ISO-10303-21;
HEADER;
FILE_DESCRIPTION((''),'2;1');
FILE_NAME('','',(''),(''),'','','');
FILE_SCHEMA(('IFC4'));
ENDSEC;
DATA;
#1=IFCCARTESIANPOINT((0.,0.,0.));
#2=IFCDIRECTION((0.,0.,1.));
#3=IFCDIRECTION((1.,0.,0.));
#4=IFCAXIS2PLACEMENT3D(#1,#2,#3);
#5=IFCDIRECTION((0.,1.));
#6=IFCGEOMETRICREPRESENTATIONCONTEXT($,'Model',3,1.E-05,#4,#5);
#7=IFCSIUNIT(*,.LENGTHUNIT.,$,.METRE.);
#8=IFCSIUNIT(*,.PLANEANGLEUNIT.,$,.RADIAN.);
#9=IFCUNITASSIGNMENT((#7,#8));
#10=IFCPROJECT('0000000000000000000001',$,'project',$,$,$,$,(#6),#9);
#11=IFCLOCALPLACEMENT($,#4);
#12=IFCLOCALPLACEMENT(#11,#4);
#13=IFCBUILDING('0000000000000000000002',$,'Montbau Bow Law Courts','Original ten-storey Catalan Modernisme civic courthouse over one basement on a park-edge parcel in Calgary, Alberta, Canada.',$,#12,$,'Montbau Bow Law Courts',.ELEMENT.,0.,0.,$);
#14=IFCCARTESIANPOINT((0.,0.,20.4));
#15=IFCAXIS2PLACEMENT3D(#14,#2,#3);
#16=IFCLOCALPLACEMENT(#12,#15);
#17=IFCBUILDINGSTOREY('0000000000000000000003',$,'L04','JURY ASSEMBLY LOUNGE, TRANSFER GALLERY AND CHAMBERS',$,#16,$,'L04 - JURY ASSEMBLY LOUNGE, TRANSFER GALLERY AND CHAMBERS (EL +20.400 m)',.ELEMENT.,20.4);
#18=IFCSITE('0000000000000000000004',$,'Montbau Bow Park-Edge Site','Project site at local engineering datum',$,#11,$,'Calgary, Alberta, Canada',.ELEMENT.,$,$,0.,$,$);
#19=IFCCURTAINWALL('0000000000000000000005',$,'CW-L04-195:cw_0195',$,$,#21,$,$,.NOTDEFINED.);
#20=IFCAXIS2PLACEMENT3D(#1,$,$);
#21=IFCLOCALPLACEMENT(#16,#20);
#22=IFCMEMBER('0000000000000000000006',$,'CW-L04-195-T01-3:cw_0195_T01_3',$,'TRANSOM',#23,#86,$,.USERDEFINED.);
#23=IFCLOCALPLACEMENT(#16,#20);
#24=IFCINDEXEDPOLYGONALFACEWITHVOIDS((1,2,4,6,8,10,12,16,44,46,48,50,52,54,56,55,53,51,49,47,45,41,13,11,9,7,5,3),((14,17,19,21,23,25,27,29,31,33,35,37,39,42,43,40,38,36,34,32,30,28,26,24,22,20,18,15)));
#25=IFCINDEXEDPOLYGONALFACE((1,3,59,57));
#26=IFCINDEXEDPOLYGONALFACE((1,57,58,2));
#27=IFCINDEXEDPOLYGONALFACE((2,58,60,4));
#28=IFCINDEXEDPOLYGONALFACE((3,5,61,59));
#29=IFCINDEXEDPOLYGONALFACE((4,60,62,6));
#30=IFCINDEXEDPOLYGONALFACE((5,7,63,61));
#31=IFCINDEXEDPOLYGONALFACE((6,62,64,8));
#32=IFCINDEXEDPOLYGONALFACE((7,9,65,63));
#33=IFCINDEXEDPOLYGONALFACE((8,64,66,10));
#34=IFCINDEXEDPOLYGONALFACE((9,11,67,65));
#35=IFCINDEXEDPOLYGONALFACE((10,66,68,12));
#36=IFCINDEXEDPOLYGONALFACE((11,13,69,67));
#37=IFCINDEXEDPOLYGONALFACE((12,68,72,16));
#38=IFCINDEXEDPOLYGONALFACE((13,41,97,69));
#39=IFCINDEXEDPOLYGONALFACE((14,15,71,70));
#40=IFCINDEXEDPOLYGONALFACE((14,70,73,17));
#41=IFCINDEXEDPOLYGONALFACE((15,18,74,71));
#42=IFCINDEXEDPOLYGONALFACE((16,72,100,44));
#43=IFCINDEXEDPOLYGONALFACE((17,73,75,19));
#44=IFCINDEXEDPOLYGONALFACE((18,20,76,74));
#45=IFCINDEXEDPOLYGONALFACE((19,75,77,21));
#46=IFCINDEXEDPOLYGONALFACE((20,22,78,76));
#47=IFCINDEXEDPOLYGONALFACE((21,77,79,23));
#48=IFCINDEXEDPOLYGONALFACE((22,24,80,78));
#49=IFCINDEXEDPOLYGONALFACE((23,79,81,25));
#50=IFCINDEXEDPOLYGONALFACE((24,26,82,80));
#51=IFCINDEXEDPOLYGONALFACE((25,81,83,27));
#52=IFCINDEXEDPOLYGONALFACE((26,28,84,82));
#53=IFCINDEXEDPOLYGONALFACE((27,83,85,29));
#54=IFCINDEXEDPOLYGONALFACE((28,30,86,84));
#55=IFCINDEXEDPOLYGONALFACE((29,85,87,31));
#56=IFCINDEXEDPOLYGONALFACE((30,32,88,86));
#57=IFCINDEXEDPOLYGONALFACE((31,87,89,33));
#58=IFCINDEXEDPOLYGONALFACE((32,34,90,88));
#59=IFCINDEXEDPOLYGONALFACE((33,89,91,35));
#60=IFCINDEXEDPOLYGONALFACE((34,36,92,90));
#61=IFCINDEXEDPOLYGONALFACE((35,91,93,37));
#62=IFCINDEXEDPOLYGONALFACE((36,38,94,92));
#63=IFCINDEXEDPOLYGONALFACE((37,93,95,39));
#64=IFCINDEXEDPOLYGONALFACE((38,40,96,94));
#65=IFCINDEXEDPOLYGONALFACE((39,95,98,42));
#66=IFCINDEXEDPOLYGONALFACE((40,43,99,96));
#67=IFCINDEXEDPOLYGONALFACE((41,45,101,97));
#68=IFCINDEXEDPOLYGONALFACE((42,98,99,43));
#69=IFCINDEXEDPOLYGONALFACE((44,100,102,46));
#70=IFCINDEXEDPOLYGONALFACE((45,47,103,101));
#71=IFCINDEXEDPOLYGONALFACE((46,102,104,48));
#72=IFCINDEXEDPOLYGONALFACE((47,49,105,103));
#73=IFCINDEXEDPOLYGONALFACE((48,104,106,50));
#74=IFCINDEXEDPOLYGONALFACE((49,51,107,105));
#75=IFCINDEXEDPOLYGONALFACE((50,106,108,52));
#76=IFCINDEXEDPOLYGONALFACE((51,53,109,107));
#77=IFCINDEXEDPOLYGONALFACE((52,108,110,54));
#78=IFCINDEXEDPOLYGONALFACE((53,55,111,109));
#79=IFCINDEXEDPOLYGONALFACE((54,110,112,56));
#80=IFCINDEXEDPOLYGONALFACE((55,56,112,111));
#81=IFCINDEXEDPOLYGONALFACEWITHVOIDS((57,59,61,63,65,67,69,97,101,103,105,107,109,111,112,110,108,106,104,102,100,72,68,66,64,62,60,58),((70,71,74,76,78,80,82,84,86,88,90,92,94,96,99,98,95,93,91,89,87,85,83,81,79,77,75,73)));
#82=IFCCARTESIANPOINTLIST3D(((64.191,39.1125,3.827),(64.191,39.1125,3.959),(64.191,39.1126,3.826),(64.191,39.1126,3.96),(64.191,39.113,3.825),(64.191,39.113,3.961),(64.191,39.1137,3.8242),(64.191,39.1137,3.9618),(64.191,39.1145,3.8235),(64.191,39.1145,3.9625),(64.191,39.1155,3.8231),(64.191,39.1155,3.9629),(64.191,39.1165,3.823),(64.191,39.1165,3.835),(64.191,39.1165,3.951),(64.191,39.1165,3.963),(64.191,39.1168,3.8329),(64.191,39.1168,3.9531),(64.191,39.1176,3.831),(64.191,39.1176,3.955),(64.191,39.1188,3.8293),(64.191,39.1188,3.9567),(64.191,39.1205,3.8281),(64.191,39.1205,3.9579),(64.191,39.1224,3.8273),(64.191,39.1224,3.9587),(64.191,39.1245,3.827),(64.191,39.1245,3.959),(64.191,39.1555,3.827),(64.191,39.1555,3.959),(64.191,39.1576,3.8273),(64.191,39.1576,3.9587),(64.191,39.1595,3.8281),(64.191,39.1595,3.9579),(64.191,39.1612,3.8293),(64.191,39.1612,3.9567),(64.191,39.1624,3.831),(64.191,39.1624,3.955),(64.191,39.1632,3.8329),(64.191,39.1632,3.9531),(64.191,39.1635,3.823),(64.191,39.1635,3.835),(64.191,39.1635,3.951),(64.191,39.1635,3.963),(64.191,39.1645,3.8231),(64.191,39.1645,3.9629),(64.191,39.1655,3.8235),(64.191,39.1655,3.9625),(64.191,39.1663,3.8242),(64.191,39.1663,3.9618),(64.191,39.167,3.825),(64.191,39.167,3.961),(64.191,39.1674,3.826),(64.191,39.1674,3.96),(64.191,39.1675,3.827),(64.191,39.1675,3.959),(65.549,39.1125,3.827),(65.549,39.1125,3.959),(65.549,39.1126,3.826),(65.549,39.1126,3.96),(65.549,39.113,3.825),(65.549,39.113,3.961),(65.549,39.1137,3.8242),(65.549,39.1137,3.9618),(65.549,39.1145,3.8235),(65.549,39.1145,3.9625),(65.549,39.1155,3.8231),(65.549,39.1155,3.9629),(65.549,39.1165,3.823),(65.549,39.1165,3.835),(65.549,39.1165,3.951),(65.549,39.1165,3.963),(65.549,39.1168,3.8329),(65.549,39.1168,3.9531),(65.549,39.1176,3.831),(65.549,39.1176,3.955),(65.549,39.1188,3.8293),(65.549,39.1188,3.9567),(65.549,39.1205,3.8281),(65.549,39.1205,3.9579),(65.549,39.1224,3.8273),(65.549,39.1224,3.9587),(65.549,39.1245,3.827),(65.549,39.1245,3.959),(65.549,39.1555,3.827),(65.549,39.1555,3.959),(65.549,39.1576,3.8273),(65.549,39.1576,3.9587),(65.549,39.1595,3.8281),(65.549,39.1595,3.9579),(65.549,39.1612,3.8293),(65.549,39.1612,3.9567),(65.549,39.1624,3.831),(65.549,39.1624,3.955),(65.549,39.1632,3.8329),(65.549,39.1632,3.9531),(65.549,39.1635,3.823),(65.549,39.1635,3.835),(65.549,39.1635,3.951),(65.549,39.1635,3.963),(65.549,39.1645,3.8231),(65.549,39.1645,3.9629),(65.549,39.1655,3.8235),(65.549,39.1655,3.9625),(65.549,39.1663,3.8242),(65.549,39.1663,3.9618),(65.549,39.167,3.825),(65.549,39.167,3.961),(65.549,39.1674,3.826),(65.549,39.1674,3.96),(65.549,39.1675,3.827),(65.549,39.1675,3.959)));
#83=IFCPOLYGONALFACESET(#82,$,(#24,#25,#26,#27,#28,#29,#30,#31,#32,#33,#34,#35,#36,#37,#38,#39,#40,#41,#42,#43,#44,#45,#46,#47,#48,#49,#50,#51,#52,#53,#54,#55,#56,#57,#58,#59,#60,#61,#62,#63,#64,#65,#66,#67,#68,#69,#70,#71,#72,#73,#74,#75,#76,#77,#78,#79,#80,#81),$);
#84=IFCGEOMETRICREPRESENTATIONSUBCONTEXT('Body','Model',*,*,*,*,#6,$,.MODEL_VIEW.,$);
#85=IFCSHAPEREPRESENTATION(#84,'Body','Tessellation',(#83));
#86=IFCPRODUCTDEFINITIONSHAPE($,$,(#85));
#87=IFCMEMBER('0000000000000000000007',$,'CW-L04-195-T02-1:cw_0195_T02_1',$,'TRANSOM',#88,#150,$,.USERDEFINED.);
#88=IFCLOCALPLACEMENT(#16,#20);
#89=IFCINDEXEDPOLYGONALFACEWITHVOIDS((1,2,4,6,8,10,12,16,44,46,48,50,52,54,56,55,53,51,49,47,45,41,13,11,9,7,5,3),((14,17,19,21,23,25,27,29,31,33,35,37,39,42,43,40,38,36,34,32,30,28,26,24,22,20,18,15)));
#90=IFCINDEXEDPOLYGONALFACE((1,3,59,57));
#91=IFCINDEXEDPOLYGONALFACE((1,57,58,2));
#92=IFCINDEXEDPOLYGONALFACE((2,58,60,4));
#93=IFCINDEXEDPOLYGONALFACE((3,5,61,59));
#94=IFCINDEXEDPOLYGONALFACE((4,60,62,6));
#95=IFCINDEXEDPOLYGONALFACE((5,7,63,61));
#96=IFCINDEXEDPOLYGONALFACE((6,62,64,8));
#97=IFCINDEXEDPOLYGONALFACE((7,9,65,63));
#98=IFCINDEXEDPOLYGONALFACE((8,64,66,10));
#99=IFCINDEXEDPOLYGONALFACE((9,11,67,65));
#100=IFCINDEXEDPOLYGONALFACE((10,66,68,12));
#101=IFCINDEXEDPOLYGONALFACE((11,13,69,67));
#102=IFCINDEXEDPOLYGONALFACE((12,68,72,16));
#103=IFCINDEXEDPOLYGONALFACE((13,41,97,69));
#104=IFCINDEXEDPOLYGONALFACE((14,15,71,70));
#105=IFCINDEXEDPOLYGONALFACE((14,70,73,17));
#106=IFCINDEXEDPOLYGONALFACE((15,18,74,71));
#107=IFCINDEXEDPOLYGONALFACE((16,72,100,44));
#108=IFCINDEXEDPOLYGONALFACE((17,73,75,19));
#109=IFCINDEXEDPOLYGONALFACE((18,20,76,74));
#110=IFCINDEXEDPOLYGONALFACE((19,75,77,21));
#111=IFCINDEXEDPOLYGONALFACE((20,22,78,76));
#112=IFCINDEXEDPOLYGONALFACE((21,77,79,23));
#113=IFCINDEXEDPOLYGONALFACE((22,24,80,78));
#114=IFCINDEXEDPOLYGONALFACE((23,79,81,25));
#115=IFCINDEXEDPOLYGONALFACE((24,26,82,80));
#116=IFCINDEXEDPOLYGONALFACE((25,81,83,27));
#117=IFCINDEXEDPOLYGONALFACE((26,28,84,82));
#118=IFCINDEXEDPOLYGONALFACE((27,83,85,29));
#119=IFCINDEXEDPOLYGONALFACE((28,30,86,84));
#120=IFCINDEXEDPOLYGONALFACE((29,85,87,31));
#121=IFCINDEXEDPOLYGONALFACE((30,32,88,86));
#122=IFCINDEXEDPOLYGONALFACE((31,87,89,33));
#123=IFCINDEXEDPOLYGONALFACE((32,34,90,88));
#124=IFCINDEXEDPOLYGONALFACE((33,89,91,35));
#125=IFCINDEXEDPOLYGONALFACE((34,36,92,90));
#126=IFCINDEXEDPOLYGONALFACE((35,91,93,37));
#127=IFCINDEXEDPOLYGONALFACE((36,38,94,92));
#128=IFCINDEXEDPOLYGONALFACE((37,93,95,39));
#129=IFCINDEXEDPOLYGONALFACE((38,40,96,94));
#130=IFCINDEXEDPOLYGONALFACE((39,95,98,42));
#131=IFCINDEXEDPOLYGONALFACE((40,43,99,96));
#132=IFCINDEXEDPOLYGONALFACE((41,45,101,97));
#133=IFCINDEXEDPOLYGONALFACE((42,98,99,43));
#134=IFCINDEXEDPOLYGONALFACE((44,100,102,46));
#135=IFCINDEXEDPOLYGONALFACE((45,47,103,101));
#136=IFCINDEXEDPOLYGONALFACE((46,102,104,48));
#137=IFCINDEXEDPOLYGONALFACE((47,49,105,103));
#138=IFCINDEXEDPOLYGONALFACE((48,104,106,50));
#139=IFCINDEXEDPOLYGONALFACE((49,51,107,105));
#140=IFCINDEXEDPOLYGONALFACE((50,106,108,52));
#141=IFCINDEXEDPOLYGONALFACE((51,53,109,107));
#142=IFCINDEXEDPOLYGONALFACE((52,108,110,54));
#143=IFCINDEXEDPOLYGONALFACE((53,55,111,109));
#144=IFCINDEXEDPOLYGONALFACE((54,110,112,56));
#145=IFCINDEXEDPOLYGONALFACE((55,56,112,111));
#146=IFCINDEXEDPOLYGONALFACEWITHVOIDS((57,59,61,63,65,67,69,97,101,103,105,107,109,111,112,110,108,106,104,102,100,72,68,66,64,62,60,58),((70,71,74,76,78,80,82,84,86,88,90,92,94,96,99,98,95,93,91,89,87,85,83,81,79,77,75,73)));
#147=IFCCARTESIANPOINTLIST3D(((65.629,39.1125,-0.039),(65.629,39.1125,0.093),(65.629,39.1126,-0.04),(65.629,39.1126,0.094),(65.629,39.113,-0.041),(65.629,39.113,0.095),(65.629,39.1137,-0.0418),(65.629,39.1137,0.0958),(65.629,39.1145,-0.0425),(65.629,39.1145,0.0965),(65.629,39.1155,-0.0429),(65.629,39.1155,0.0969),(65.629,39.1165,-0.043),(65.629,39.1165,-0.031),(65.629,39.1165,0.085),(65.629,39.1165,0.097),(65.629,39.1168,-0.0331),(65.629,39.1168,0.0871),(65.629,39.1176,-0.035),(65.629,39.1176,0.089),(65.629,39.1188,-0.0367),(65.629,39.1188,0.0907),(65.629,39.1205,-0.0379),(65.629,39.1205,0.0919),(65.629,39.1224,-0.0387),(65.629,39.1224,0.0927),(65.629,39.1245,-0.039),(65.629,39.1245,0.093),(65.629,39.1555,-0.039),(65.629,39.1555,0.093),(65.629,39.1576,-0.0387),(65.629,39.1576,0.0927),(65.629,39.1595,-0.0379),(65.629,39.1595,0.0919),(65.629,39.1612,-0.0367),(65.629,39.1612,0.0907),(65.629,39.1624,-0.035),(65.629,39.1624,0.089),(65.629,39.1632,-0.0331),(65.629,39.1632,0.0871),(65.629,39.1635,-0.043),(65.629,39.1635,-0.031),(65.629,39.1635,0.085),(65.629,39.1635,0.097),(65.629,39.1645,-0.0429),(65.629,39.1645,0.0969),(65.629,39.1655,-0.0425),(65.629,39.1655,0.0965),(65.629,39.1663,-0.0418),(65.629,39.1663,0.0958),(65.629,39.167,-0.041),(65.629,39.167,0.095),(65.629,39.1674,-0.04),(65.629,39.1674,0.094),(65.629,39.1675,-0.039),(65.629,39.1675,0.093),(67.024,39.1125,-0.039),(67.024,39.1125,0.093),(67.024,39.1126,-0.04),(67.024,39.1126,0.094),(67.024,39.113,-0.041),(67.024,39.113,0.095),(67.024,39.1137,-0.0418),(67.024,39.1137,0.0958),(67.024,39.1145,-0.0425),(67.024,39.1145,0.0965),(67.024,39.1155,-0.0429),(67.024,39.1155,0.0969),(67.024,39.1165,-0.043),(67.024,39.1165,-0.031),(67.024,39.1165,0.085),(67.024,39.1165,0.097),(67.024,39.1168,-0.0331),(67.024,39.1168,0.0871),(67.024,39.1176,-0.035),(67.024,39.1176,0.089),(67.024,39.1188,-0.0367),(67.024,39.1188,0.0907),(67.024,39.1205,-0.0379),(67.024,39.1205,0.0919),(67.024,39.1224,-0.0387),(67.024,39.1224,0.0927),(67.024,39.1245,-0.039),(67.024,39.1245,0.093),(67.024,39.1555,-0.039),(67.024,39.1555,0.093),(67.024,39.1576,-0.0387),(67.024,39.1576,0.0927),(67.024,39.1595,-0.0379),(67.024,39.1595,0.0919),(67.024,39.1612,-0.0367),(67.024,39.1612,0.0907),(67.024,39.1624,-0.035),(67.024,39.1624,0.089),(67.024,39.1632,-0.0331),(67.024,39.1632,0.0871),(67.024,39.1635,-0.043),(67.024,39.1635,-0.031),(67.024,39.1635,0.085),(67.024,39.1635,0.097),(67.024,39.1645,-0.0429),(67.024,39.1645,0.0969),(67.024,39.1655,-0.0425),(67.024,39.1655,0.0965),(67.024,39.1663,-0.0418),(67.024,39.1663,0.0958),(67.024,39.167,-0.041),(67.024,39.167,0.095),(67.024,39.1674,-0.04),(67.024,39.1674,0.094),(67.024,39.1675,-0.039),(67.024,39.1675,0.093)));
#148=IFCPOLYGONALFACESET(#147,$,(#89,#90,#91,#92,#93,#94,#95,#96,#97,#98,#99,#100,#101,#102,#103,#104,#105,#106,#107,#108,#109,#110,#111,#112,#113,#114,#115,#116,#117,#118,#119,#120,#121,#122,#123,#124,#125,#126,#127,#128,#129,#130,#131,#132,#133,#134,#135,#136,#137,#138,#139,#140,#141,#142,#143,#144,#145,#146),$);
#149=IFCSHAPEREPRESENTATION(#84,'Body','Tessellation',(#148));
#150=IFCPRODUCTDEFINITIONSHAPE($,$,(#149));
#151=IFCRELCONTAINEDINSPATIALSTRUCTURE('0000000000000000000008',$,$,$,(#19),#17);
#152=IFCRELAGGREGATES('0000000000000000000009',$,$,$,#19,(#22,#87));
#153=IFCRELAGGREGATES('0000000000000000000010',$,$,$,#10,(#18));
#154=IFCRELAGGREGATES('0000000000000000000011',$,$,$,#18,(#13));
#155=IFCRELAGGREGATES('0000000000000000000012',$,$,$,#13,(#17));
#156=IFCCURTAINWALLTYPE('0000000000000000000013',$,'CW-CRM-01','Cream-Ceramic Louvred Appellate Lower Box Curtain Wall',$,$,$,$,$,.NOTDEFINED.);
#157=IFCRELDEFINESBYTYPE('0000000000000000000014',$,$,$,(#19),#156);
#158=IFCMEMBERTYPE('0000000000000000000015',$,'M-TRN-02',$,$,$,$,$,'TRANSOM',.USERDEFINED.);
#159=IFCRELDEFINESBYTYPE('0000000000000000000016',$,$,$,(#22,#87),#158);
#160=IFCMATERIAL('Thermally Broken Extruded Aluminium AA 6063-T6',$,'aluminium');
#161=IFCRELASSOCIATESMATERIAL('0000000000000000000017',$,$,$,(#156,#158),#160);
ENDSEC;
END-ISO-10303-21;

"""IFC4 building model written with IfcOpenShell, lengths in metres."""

from ifc_helpers import new_model, si_unit, direction, frame, origin_with_axes, origin_2d_with_axis, place, context, subcontext, project, spatial, hollow_rectangle, extrude, material, material_profile, profile_set, type_object, element, aggregate, save


model = new_model("IFC4")

# Units and contexts
model_context = context("Model", 3, precision=1e-05, world=origin_with_axes(), true_north=direction((0.0, 1.0)))
body_context = subcontext(model_context, "Body", "Model", "MODEL_VIEW")
ifc_project = project(units=[si_unit("LENGTHUNIT", "METRE"), si_unit("PLANEANGLEUNIT", "RADIAN")], contexts=[model_context])

# Site, building, storey
site_placement = place(None, origin_with_axes())
site = spatial("IfcSite", under=ifc_project, at=site_placement, Name="Montbau Bow Park-Edge Site", Description="Project site at local engineering datum", LongName="Calgary, Alberta, Canada", CompositionType="ELEMENT", RefElevation=0.0)
building_placement = place(site_placement, origin_with_axes())
building = spatial("IfcBuilding", under=site, at=building_placement, Name="Montbau Bow Law Courts", Description="Original ten-storey Catalan Modernisme civic courthouse over one basement on a park-edge parcel in Calgary, Alberta, Canada.", LongName="Montbau Bow Law Courts", CompositionType="ELEMENT", ElevationOfRefHeight=0.0, ElevationOfTerrain=0.0)
storey_placement = place(building_placement, frame((0.0, 0.0, 20.4), z_axis=(0.0, 0.0, 1.0), x_axis=(1.0, 0.0, 0.0)))
storey = spatial("IfcBuildingStorey", under=building, at=storey_placement, Name="L04", Description="JURY ASSEMBLY LOUNGE, TRANSFER GALLERY AND CHAMBERS", LongName="L04 - JURY ASSEMBLY LOUNGE, TRANSFER GALLERY AND CHAMBERS (EL +20.400 m)", CompositionType="ELEMENT", Elevation=20.4)

# Curtain wall
ifc_material_1 = material(Name="Thermally Broken Extruded Aluminium AA 6063-T6", Category="aluminium")
curtain_wall_type = type_object("IfcCurtainWallType", Name="CW-CRM-01", Description="Cream-Ceramic Louvred Appellate Lower Box Curtain Wall", PredefinedType="NOTDEFINED", material=ifc_material_1)
curtain_wall_1_placement = place(None, frame((64.115, 39.14, 20.4), z_axis=(0.0, 0.0, 1.0), x_axis=(1.0, 0.0, 0.0)))
curtain_wall_1 = element("IfcCurtainWall", 1, at=curtain_wall_1_placement, inside=storey, type_object=curtain_wall_type, Name="CW-L04-195:cw_0195", PredefinedType="NOTDEFINED")

# Members
ifc_material_profile_1 = material_profile(ifc_material_1, hollow_rectangle(XDim=0.055, YDim=0.14, WallThickness=0.004, InnerFilletRadius=0.008, OuterFilletRadius=0.004, at=origin_2d_with_axis()), Name="CWT-140X55", Category="Main", Priority=0)
ifc_profile_set_1 = profile_set([ifc_material_profile_1], Name="Thermally Broken Extruded Aluminium AA 6063-T6")
member_type_1 = type_object("IfcMemberType", Name="M-TRN-02", ElementType="TRANSOM", PredefinedType="USERDEFINED", material=ifc_profile_set_1)
member_1_placement = place(None, frame((64.191, 39.14, 24.293), z_axis=(1.0, 0.0, 0.0), x_axis=(0.0, 1.0, 0.0)))
member_1 = element("IfcMember", 2, at=member_1_placement, type_object=member_type_1, Name="CW-L04-195-T01-3:cw_0195_T01_3", ObjectType="TRANSOM", PredefinedType="USERDEFINED", context=body_context, shape_type="SweptSolid", body=[
    extrude(hollow_rectangle(XDim=0.055, YDim=0.14, WallThickness=0.004, InnerFilletRadius=0.008, OuterFilletRadius=0.004, at=origin_2d_with_axis()), origin_with_axes(), (0.0, 0.0, 1.0), 1.358),
])
member_2_placement = place(None, frame((65.629, 39.14, 20.427), z_axis=(1.0, 0.0, 0.0), x_axis=(0.0, 1.0, 0.0)))
member_2 = element("IfcMember", 3, at=member_2_placement, type_object=member_type_1, Name="CW-L04-195-T02-1:cw_0195_T02_1", ObjectType="TRANSOM", PredefinedType="USERDEFINED", context=body_context, shape_type="SweptSolid", body=[
    extrude(hollow_rectangle(XDim=0.055, YDim=0.14, WallThickness=0.004, InnerFilletRadius=0.008, OuterFilletRadius=0.004, at=origin_2d_with_axis()), origin_with_axes(), (0.0, 0.0, 1.0), 1.395),
])

aggregate(curtain_wall_1, [member_1, member_2])

save(model, "model.ifc")
